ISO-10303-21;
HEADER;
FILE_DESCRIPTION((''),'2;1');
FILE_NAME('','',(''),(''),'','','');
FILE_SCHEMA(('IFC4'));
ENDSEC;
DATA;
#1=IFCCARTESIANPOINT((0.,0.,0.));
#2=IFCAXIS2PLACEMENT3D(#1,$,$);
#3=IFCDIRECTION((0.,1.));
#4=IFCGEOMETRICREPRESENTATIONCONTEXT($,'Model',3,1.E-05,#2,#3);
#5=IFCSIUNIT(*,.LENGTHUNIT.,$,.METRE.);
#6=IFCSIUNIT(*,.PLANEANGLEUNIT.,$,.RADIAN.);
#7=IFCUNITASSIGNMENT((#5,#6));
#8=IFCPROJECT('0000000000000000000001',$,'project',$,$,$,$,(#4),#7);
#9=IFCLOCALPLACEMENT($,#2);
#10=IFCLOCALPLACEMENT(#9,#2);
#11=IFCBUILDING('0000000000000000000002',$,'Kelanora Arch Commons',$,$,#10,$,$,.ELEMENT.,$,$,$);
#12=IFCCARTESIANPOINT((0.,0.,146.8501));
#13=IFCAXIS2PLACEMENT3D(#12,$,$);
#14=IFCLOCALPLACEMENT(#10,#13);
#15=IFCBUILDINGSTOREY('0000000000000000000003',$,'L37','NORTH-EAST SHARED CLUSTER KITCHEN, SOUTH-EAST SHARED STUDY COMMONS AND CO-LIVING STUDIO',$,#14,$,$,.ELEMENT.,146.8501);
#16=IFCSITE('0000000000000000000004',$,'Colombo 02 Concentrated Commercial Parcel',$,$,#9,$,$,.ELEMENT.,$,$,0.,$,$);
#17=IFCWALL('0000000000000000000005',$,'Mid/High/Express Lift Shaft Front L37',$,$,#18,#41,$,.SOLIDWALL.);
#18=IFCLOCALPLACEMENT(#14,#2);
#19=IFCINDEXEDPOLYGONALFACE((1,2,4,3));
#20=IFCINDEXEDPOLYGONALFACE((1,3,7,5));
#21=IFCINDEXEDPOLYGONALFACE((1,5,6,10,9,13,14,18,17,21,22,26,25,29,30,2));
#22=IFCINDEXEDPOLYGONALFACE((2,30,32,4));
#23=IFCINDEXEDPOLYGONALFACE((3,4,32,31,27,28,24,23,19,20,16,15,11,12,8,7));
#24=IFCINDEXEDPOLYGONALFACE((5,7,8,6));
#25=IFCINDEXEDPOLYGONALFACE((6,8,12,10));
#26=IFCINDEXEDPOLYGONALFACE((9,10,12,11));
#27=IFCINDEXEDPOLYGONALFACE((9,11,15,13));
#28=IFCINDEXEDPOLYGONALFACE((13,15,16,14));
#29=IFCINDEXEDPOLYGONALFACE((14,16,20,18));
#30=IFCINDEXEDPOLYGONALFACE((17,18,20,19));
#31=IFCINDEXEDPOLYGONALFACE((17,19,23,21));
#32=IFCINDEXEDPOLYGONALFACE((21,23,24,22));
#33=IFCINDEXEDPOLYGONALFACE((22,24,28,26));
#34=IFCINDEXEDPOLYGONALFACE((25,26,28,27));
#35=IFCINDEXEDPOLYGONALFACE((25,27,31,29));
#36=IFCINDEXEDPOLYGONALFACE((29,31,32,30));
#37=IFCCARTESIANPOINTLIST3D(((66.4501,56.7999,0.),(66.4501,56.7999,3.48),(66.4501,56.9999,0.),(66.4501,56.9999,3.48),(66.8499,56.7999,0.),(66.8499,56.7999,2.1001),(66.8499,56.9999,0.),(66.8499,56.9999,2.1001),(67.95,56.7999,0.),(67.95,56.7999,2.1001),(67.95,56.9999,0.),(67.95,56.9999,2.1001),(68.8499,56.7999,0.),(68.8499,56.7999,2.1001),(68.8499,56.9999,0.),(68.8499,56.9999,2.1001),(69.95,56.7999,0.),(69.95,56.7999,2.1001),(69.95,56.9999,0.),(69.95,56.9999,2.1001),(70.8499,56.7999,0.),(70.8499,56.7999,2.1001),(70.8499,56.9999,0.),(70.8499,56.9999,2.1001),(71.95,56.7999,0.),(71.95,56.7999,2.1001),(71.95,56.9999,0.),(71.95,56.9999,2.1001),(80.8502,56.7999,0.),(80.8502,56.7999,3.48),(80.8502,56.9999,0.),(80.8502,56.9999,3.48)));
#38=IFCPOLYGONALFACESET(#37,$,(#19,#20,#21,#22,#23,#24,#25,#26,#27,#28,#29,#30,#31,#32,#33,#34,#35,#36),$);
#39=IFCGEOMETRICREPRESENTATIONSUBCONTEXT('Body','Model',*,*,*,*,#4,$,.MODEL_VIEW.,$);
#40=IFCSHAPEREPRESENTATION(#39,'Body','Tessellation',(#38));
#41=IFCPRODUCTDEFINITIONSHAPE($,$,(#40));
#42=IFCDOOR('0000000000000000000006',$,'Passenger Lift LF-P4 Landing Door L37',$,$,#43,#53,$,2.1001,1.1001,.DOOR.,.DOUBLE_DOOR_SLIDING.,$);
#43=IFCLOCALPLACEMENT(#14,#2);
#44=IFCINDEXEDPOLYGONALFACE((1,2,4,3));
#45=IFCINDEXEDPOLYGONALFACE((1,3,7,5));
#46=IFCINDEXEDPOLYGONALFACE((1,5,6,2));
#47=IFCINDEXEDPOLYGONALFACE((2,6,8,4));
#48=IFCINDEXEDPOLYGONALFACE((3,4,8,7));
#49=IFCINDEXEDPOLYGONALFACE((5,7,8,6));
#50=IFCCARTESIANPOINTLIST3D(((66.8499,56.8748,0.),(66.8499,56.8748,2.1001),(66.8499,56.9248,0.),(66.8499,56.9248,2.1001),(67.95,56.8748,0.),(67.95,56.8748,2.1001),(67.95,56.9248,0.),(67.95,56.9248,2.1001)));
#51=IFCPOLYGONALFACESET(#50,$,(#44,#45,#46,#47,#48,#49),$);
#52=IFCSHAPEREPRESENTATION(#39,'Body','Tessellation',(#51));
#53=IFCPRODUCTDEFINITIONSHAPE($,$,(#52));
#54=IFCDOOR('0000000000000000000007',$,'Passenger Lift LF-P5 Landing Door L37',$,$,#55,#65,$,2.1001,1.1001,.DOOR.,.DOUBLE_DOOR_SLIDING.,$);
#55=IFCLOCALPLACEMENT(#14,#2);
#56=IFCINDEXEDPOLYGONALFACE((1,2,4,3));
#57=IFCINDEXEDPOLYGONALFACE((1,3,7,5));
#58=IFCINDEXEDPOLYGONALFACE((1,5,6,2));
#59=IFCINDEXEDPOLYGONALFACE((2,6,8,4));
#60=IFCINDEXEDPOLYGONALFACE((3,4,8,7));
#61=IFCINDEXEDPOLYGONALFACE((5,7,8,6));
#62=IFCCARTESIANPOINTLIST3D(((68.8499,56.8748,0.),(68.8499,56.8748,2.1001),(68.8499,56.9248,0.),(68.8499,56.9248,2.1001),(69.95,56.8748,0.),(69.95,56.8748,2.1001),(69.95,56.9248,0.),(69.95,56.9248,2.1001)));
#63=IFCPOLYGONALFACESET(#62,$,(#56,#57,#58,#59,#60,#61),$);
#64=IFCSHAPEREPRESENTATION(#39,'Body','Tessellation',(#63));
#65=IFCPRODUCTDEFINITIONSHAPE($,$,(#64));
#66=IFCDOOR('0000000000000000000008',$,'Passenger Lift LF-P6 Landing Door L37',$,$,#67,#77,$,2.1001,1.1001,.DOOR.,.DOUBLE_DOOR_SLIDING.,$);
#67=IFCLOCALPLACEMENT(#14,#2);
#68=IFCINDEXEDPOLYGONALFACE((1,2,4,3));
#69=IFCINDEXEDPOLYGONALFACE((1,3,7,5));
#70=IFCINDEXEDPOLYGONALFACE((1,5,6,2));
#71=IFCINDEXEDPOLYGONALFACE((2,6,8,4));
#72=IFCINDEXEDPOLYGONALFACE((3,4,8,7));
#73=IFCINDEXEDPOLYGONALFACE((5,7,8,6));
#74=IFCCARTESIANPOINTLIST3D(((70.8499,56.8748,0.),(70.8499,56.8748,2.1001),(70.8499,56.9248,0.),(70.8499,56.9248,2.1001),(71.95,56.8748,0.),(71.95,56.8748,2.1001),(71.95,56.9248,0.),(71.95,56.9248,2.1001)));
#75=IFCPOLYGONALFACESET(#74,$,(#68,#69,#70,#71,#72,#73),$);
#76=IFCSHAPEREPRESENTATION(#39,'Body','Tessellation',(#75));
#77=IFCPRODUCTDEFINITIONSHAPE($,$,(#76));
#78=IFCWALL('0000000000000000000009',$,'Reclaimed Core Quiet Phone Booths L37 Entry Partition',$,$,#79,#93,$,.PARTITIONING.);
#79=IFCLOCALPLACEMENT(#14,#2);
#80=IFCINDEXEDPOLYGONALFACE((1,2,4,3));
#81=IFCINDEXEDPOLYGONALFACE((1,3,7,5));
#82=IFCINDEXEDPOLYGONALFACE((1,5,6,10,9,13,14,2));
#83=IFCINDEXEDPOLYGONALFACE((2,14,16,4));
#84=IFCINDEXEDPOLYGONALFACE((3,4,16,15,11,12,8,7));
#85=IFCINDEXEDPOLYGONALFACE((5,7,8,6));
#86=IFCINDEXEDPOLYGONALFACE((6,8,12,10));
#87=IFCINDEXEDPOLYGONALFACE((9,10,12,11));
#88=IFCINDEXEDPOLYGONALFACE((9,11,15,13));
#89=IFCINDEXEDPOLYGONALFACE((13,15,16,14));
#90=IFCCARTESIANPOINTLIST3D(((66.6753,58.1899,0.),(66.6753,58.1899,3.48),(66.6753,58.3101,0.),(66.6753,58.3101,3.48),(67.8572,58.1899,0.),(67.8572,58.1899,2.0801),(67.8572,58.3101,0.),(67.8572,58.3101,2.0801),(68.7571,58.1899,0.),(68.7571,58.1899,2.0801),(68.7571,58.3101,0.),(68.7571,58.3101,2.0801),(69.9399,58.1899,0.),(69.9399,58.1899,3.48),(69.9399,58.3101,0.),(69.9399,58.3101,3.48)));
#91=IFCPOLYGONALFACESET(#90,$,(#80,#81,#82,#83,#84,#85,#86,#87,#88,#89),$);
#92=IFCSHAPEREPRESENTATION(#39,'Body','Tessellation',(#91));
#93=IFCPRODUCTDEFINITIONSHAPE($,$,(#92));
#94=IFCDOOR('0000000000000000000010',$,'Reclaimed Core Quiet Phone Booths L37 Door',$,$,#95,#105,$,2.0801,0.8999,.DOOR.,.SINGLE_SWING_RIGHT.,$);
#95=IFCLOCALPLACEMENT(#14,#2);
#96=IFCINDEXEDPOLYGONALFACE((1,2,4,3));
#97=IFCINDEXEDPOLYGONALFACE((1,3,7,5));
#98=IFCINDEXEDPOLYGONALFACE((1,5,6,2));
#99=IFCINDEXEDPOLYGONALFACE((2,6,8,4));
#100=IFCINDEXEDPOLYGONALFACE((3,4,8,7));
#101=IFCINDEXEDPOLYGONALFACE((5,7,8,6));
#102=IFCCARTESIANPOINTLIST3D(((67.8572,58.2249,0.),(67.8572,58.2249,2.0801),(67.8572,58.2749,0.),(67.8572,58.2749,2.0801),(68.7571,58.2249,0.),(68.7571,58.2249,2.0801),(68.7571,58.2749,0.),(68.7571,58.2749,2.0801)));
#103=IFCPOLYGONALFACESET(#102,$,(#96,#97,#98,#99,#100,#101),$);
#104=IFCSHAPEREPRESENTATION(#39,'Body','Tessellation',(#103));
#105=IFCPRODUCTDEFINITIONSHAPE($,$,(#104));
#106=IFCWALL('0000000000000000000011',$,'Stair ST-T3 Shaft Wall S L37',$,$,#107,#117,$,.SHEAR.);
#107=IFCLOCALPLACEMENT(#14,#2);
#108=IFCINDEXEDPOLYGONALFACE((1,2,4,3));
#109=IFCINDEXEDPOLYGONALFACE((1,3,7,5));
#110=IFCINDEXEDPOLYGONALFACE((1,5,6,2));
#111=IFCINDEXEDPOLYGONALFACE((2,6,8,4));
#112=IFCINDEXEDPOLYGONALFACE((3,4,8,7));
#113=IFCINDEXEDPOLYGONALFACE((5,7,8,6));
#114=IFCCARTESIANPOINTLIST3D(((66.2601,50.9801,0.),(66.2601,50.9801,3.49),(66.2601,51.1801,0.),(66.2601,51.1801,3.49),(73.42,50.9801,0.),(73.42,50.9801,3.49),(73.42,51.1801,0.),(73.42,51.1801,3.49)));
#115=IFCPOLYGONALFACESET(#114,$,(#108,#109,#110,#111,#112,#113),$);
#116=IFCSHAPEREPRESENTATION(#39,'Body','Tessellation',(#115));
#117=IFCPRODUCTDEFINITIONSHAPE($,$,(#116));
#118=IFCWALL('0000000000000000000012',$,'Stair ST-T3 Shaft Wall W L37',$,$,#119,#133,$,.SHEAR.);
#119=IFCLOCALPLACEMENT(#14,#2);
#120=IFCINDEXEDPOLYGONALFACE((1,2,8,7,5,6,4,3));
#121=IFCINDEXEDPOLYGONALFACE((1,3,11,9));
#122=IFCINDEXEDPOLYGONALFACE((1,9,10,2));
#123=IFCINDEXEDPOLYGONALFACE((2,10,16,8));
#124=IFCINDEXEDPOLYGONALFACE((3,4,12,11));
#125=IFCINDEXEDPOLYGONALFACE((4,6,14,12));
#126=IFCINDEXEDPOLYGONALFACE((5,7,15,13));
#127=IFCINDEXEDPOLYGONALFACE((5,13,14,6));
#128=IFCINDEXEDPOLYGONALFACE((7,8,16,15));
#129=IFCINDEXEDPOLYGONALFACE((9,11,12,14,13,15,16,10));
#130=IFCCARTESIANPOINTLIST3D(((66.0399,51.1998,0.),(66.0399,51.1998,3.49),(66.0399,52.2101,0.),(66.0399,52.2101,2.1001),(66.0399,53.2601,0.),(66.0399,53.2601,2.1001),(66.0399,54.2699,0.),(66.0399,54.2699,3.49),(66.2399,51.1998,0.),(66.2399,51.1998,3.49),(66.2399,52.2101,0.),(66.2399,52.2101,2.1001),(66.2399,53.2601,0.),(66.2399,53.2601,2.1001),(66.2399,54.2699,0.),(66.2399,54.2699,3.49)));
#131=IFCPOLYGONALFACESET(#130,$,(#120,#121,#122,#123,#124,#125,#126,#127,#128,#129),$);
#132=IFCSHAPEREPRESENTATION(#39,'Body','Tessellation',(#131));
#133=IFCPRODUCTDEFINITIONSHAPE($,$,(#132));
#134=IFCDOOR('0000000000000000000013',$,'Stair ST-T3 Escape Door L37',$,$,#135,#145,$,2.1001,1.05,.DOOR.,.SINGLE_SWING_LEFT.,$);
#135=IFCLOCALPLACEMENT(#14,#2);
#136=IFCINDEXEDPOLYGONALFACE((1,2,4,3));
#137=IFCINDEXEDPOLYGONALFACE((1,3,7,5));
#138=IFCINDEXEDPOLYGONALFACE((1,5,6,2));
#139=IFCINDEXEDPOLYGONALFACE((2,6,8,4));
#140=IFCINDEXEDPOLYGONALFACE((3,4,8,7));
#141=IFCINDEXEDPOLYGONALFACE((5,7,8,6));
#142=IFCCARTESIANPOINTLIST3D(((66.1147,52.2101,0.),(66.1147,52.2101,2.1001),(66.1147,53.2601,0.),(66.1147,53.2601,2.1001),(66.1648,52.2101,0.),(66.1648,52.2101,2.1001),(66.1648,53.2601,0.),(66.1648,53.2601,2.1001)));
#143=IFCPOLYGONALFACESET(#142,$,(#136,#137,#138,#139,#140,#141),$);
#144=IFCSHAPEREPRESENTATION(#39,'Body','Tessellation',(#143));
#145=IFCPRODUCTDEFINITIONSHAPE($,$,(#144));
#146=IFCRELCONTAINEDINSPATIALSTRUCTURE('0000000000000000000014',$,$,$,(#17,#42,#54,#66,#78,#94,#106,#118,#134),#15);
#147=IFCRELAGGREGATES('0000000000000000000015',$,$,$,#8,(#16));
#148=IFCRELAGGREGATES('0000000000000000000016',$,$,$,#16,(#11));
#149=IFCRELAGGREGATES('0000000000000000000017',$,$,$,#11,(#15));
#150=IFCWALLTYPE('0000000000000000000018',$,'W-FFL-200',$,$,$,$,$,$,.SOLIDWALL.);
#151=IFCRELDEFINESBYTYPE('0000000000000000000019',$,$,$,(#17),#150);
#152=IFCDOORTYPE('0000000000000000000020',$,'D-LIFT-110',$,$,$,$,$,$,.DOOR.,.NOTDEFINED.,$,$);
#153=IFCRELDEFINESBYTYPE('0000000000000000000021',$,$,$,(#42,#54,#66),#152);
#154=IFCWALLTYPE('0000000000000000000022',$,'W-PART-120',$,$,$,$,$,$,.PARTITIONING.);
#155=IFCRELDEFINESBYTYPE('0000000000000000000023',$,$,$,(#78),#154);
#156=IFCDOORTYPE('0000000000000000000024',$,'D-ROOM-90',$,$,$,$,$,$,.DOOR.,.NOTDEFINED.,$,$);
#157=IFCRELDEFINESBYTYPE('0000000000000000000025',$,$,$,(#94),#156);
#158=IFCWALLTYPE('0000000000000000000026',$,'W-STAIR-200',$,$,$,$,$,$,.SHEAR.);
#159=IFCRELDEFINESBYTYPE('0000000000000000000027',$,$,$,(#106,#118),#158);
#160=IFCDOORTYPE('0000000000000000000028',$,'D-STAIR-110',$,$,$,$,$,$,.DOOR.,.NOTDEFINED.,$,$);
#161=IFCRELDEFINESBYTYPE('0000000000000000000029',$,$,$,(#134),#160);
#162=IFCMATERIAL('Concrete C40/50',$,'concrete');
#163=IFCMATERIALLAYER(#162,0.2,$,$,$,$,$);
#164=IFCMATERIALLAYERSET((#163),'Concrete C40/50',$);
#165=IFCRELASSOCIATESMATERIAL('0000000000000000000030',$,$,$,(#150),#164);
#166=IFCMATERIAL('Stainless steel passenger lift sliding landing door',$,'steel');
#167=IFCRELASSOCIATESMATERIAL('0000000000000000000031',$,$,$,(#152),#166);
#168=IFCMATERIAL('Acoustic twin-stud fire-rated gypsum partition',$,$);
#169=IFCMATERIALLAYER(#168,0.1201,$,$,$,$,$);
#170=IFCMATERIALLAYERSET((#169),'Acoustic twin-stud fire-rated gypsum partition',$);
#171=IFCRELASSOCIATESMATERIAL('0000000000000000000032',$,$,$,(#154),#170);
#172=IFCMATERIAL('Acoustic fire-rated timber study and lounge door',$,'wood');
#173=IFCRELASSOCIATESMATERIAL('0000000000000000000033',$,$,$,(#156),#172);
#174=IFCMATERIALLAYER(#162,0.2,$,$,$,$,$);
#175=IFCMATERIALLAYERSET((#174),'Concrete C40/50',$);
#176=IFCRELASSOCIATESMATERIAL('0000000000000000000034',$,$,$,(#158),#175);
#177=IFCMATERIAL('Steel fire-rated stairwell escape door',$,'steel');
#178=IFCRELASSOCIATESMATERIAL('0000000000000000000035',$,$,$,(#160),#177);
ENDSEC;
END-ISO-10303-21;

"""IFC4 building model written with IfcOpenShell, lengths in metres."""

from ifc_helpers import new_model, si_unit, direction, frame, frame_2d, origin, place, context, subcontext, project, spatial, rectangle, extrude, material, layer, layer_set, type_object, element, fill, save


model = new_model("IFC4")

# Units and contexts
model_context = context("Model", 3, precision=1e-05, world=origin(), true_north=direction((0.0, 1.0)))
body_context = subcontext(model_context, "Body", "Model", "MODEL_VIEW")
ifc_project = project(units=[si_unit("LENGTHUNIT", "METRE"), si_unit("PLANEANGLEUNIT", "RADIAN")], contexts=[model_context])

# Site, building, storey
site_placement = place(None, origin())
site = spatial("IfcSite", under=ifc_project, at=site_placement, Name="Colombo 02 Concentrated Commercial Parcel", CompositionType="ELEMENT", RefElevation=0.0)
building_placement = place(site_placement, origin())
building = spatial("IfcBuilding", under=site, at=building_placement, Name="Kelanora Arch Commons", CompositionType="ELEMENT")
storey_placement = place(building_placement, frame((0.0, 0.0, 146.8501)))
storey = spatial("IfcBuildingStorey", under=building, at=storey_placement, Name="L37", Description="NORTH-EAST SHARED CLUSTER KITCHEN, SOUTH-EAST SHARED STUDY COMMONS AND CO-LIVING STUDIO", CompositionType="ELEMENT", Elevation=146.8501)

# Wall, openings, doors
ifc_material_1 = material(Name="Concrete C40/50", Category="concrete")
ifc_layer_1 = layer(ifc_material_1, 0.2)
ifc_layer_set_1 = layer_set([ifc_layer_1], Name="Concrete C40/50")
wall_type_1 = type_object("IfcWallType", Name="W-FFL-200", PredefinedType="SOLIDWALL", material=ifc_layer_set_1)
wall_1_placement = place(storey_placement, frame((66.45, 56.8999, 0.0), z_axis=(0.0, 0.0, 1.0), x_axis=(1.0, 0.0, 0.0)))
wall_1 = element("IfcWall", 1, at=wall_1_placement, inside=storey, type_object=wall_type_1, Name="Mid/High/Express Lift Shaft Front L37", PredefinedType="SOLIDWALL", context=body_context, shape_type="SweptSolid", body=[
    extrude(rectangle(XDim=14.4001, YDim=0.2, at=frame_2d((7.2002, 0.0))), origin(), (0.0, 0.0, 1.0), 3.48),
])
opening_1_placement = place(wall_1_placement, frame((0.3999, 0.0, 0.0)))
opening_1 = element("IfcOpeningElement", 2, at=opening_1_placement, cuts=wall_1, PredefinedType="OPENING", context=body_context, shape_type="SweptSolid", body=[
    extrude(rectangle(XDim=1.1001, YDim=2.1001, at=frame_2d((0.55, 1.05))), frame((0.0, 0.1099, 0.0), z_axis=(0.0, -1.0, 0.0), x_axis=(1.0, 0.0, 0.0)), (0.0, 0.0, 1.0), 0.22),
])
opening_2_placement = place(wall_1_placement, frame((2.3999, 0.0, 0.0)))
opening_2 = element("IfcOpeningElement", 3, at=opening_2_placement, cuts=wall_1, PredefinedType="OPENING", context=body_context, shape_type="SweptSolid", body=[
    extrude(rectangle(XDim=1.1001, YDim=2.1001, at=frame_2d((0.55, 1.05))), frame((0.0, 0.1099, 0.0), z_axis=(0.0, -1.0, 0.0), x_axis=(1.0, 0.0, 0.0)), (0.0, 0.0, 1.0), 0.22),
])
opening_3_placement = place(wall_1_placement, frame((4.3999, 0.0, 0.0)))
opening_3 = element("IfcOpeningElement", 4, at=opening_3_placement, cuts=wall_1, PredefinedType="OPENING", context=body_context, shape_type="SweptSolid", body=[
    extrude(rectangle(XDim=1.1001, YDim=2.1001, at=frame_2d((0.55, 1.05))), frame((0.0, 0.1099, 0.0), z_axis=(0.0, -1.0, 0.0), x_axis=(1.0, 0.0, 0.0)), (0.0, 0.0, 1.0), 0.22),
])
ifc_material_2 = material(Name="Stainless steel passenger lift sliding landing door", Category="steel")
door_type_1 = type_object("IfcDoorType", Name="D-LIFT-110", OperationType="NOTDEFINED", PredefinedType="DOOR", material=ifc_material_2)
door_1_placement = place(opening_1_placement, origin())
door_1 = element("IfcDoor", 5, at=door_1_placement, inside=storey, type_object=door_type_1, Name="Passenger Lift LF-P4 Landing Door L37", OperationType="DOUBLE_DOOR_SLIDING", OverallHeight=2.1001, OverallWidth=1.1001, PredefinedType="DOOR", context=body_context, shape_type="SweptSolid", body=[
    extrude(rectangle(XDim=1.1001, YDim=2.1001, at=frame_2d((0.55, 1.05))), frame((0.0, 0.0249, 0.0), z_axis=(0.0, -1.0, 0.0), x_axis=(1.0, 0.0, 0.0)), (0.0, 0.0, 1.0), 0.05),
])
fill(opening_1, door_1)
door_2_placement = place(opening_2_placement, origin())
door_2 = element("IfcDoor", 6, at=door_2_placement, inside=storey, type_object=door_type_1, Name="Passenger Lift LF-P5 Landing Door L37", OperationType="DOUBLE_DOOR_SLIDING", OverallHeight=2.1001, OverallWidth=1.1001, PredefinedType="DOOR", context=body_context, shape_type="SweptSolid", body=[
    extrude(rectangle(XDim=1.1001, YDim=2.1001, at=frame_2d((0.55, 1.05))), frame((0.0, 0.0249, 0.0), z_axis=(0.0, -1.0, 0.0), x_axis=(1.0, 0.0, 0.0)), (0.0, 0.0, 1.0), 0.05),
])
fill(opening_2, door_2)
door_3_placement = place(opening_3_placement, origin())
door_3 = element("IfcDoor", 7, at=door_3_placement, inside=storey, type_object=door_type_1, Name="Passenger Lift LF-P6 Landing Door L37", OperationType="DOUBLE_DOOR_SLIDING", OverallHeight=2.1001, OverallWidth=1.1001, PredefinedType="DOOR", context=body_context, shape_type="SweptSolid", body=[
    extrude(rectangle(XDim=1.1001, YDim=2.1001, at=frame_2d((0.55, 1.05))), frame((0.0, 0.0249, 0.0), z_axis=(0.0, -1.0, 0.0), x_axis=(1.0, 0.0, 0.0)), (0.0, 0.0, 1.0), 0.05),
])
fill(opening_3, door_3)

# Wall, opening, door
ifc_material_3 = material(Name="Acoustic twin-stud fire-rated gypsum partition")
ifc_layer_2 = layer(ifc_material_3, 0.1201)
ifc_layer_set_2 = layer_set([ifc_layer_2], Name="Acoustic twin-stud fire-rated gypsum partition")
wall_type_2 = type_object("IfcWallType", Name="W-PART-120", PredefinedType="PARTITIONING", material=ifc_layer_set_2)
wall_2_placement = place(storey_placement, frame((66.6753, 58.25, 0.0), z_axis=(0.0, 0.0, 1.0), x_axis=(1.0, 0.0, 0.0)))
wall_2 = element("IfcWall", 8, at=wall_2_placement, inside=storey, type_object=wall_type_2, Name="Reclaimed Core Quiet Phone Booths L37 Entry Partition", PredefinedType="PARTITIONING", context=body_context, shape_type="SweptSolid", body=[
    extrude(rectangle(XDim=3.2646, YDim=0.1201, at=frame_2d((1.6323, 0.0))), origin(), (0.0, 0.0, 1.0), 3.48),
])
opening_4_placement = place(wall_2_placement, frame((1.1819, 0.0, 0.0)))
opening_4 = element("IfcOpeningElement", 9, at=opening_4_placement, cuts=wall_2, PredefinedType="OPENING", context=body_context, shape_type="SweptSolid", body=[
    extrude(rectangle(XDim=0.8999, YDim=2.0801, at=frame_2d((0.45, 1.04))), frame((0.0, 0.0701, 0.0), z_axis=(0.0, -1.0, 0.0), x_axis=(1.0, 0.0, 0.0)), (0.0, 0.0, 1.0), 0.1401),
])
ifc_material_4 = material(Name="Acoustic fire-rated timber study and lounge door", Category="wood")
door_type_2 = type_object("IfcDoorType", Name="D-ROOM-90", OperationType="NOTDEFINED", PredefinedType="DOOR", material=ifc_material_4)
door_4_placement = place(opening_4_placement, origin())
door_4 = element("IfcDoor", 10, at=door_4_placement, inside=storey, type_object=door_type_2, Name="Reclaimed Core Quiet Phone Booths L37 Door", OperationType="SINGLE_SWING_RIGHT", OverallHeight=2.0801, OverallWidth=0.8999, PredefinedType="DOOR", context=body_context, shape_type="SweptSolid", body=[
    extrude(rectangle(XDim=0.8999, YDim=2.0801, at=frame_2d((0.45, 1.04))), frame((0.0, 0.0249, 0.0), z_axis=(0.0, -1.0, 0.0), x_axis=(1.0, 0.0, 0.0)), (0.0, 0.0, 1.0), 0.05),
])
fill(opening_4, door_4)

# Wall
ifc_layer_3 = layer(ifc_material_1, 0.2)
ifc_layer_set_3 = layer_set([ifc_layer_3], Name="Concrete C40/50")
wall_type_3 = type_object("IfcWallType", Name="W-STAIR-200", PredefinedType="SHEAR", material=ifc_layer_set_3)
wall_3_placement = place(storey_placement, frame((66.26, 51.0801, 0.0), z_axis=(0.0, 0.0, 1.0), x_axis=(1.0, 0.0, 0.0)))
element("IfcWall", 11, at=wall_3_placement, inside=storey, type_object=wall_type_3, Name="Stair ST-T3 Shaft Wall S L37", PredefinedType="SHEAR", context=body_context, shape_type="SweptSolid", body=[
    extrude(rectangle(XDim=7.1599, YDim=0.2, at=frame_2d((3.5801, 0.0))), origin(), (0.0, 0.0, 1.0), 3.49),
])

# Wall, opening, door
wall_4_placement = place(storey_placement, frame((66.1399, 54.27, 0.0), z_axis=(0.0, 0.0, 1.0), x_axis=(0.0, -1.0, 0.0)))
wall_4 = element("IfcWall", 12, at=wall_4_placement, inside=storey, type_object=wall_type_3, Name="Stair ST-T3 Shaft Wall W L37", PredefinedType="SHEAR", context=body_context, shape_type="SweptSolid", body=[
    extrude(rectangle(XDim=3.0701, YDim=0.2, at=frame_2d((1.5352, 0.0))), origin(), (0.0, 0.0, 1.0), 3.49),
])
opening_5_placement = place(wall_4_placement, frame((1.01, 0.0, 0.0)))
opening_5 = element("IfcOpeningElement", 13, at=opening_5_placement, cuts=wall_4, PredefinedType="OPENING", context=body_context, shape_type="SweptSolid", body=[
    extrude(rectangle(XDim=1.05, YDim=2.1001, at=frame_2d((0.5249, 1.05))), frame((0.0, 0.1099, 0.0), z_axis=(0.0, -1.0, 0.0), x_axis=(1.0, 0.0, 0.0)), (0.0, 0.0, 1.0), 0.22),
])
ifc_material_5 = material(Name="Steel fire-rated stairwell escape door", Category="steel")
door_type_3 = type_object("IfcDoorType", Name="D-STAIR-110", OperationType="NOTDEFINED", PredefinedType="DOOR", material=ifc_material_5)
door_5_placement = place(opening_5_placement, origin())
door_5 = element("IfcDoor", 14, at=door_5_placement, inside=storey, type_object=door_type_3, Name="Stair ST-T3 Escape Door L37", OperationType="SINGLE_SWING_LEFT", OverallHeight=2.1001, OverallWidth=1.05, PredefinedType="DOOR", context=body_context, shape_type="SweptSolid", body=[
    extrude(rectangle(XDim=1.05, YDim=2.1001, at=frame_2d((0.5249, 1.05))), frame((0.0, 0.0249, 0.0), z_axis=(0.0, -1.0, 0.0), x_axis=(1.0, 0.0, 0.0)), (0.0, 0.0, 1.0), 0.05),
])
fill(opening_5, door_5)

save(model, "model.ifc")
